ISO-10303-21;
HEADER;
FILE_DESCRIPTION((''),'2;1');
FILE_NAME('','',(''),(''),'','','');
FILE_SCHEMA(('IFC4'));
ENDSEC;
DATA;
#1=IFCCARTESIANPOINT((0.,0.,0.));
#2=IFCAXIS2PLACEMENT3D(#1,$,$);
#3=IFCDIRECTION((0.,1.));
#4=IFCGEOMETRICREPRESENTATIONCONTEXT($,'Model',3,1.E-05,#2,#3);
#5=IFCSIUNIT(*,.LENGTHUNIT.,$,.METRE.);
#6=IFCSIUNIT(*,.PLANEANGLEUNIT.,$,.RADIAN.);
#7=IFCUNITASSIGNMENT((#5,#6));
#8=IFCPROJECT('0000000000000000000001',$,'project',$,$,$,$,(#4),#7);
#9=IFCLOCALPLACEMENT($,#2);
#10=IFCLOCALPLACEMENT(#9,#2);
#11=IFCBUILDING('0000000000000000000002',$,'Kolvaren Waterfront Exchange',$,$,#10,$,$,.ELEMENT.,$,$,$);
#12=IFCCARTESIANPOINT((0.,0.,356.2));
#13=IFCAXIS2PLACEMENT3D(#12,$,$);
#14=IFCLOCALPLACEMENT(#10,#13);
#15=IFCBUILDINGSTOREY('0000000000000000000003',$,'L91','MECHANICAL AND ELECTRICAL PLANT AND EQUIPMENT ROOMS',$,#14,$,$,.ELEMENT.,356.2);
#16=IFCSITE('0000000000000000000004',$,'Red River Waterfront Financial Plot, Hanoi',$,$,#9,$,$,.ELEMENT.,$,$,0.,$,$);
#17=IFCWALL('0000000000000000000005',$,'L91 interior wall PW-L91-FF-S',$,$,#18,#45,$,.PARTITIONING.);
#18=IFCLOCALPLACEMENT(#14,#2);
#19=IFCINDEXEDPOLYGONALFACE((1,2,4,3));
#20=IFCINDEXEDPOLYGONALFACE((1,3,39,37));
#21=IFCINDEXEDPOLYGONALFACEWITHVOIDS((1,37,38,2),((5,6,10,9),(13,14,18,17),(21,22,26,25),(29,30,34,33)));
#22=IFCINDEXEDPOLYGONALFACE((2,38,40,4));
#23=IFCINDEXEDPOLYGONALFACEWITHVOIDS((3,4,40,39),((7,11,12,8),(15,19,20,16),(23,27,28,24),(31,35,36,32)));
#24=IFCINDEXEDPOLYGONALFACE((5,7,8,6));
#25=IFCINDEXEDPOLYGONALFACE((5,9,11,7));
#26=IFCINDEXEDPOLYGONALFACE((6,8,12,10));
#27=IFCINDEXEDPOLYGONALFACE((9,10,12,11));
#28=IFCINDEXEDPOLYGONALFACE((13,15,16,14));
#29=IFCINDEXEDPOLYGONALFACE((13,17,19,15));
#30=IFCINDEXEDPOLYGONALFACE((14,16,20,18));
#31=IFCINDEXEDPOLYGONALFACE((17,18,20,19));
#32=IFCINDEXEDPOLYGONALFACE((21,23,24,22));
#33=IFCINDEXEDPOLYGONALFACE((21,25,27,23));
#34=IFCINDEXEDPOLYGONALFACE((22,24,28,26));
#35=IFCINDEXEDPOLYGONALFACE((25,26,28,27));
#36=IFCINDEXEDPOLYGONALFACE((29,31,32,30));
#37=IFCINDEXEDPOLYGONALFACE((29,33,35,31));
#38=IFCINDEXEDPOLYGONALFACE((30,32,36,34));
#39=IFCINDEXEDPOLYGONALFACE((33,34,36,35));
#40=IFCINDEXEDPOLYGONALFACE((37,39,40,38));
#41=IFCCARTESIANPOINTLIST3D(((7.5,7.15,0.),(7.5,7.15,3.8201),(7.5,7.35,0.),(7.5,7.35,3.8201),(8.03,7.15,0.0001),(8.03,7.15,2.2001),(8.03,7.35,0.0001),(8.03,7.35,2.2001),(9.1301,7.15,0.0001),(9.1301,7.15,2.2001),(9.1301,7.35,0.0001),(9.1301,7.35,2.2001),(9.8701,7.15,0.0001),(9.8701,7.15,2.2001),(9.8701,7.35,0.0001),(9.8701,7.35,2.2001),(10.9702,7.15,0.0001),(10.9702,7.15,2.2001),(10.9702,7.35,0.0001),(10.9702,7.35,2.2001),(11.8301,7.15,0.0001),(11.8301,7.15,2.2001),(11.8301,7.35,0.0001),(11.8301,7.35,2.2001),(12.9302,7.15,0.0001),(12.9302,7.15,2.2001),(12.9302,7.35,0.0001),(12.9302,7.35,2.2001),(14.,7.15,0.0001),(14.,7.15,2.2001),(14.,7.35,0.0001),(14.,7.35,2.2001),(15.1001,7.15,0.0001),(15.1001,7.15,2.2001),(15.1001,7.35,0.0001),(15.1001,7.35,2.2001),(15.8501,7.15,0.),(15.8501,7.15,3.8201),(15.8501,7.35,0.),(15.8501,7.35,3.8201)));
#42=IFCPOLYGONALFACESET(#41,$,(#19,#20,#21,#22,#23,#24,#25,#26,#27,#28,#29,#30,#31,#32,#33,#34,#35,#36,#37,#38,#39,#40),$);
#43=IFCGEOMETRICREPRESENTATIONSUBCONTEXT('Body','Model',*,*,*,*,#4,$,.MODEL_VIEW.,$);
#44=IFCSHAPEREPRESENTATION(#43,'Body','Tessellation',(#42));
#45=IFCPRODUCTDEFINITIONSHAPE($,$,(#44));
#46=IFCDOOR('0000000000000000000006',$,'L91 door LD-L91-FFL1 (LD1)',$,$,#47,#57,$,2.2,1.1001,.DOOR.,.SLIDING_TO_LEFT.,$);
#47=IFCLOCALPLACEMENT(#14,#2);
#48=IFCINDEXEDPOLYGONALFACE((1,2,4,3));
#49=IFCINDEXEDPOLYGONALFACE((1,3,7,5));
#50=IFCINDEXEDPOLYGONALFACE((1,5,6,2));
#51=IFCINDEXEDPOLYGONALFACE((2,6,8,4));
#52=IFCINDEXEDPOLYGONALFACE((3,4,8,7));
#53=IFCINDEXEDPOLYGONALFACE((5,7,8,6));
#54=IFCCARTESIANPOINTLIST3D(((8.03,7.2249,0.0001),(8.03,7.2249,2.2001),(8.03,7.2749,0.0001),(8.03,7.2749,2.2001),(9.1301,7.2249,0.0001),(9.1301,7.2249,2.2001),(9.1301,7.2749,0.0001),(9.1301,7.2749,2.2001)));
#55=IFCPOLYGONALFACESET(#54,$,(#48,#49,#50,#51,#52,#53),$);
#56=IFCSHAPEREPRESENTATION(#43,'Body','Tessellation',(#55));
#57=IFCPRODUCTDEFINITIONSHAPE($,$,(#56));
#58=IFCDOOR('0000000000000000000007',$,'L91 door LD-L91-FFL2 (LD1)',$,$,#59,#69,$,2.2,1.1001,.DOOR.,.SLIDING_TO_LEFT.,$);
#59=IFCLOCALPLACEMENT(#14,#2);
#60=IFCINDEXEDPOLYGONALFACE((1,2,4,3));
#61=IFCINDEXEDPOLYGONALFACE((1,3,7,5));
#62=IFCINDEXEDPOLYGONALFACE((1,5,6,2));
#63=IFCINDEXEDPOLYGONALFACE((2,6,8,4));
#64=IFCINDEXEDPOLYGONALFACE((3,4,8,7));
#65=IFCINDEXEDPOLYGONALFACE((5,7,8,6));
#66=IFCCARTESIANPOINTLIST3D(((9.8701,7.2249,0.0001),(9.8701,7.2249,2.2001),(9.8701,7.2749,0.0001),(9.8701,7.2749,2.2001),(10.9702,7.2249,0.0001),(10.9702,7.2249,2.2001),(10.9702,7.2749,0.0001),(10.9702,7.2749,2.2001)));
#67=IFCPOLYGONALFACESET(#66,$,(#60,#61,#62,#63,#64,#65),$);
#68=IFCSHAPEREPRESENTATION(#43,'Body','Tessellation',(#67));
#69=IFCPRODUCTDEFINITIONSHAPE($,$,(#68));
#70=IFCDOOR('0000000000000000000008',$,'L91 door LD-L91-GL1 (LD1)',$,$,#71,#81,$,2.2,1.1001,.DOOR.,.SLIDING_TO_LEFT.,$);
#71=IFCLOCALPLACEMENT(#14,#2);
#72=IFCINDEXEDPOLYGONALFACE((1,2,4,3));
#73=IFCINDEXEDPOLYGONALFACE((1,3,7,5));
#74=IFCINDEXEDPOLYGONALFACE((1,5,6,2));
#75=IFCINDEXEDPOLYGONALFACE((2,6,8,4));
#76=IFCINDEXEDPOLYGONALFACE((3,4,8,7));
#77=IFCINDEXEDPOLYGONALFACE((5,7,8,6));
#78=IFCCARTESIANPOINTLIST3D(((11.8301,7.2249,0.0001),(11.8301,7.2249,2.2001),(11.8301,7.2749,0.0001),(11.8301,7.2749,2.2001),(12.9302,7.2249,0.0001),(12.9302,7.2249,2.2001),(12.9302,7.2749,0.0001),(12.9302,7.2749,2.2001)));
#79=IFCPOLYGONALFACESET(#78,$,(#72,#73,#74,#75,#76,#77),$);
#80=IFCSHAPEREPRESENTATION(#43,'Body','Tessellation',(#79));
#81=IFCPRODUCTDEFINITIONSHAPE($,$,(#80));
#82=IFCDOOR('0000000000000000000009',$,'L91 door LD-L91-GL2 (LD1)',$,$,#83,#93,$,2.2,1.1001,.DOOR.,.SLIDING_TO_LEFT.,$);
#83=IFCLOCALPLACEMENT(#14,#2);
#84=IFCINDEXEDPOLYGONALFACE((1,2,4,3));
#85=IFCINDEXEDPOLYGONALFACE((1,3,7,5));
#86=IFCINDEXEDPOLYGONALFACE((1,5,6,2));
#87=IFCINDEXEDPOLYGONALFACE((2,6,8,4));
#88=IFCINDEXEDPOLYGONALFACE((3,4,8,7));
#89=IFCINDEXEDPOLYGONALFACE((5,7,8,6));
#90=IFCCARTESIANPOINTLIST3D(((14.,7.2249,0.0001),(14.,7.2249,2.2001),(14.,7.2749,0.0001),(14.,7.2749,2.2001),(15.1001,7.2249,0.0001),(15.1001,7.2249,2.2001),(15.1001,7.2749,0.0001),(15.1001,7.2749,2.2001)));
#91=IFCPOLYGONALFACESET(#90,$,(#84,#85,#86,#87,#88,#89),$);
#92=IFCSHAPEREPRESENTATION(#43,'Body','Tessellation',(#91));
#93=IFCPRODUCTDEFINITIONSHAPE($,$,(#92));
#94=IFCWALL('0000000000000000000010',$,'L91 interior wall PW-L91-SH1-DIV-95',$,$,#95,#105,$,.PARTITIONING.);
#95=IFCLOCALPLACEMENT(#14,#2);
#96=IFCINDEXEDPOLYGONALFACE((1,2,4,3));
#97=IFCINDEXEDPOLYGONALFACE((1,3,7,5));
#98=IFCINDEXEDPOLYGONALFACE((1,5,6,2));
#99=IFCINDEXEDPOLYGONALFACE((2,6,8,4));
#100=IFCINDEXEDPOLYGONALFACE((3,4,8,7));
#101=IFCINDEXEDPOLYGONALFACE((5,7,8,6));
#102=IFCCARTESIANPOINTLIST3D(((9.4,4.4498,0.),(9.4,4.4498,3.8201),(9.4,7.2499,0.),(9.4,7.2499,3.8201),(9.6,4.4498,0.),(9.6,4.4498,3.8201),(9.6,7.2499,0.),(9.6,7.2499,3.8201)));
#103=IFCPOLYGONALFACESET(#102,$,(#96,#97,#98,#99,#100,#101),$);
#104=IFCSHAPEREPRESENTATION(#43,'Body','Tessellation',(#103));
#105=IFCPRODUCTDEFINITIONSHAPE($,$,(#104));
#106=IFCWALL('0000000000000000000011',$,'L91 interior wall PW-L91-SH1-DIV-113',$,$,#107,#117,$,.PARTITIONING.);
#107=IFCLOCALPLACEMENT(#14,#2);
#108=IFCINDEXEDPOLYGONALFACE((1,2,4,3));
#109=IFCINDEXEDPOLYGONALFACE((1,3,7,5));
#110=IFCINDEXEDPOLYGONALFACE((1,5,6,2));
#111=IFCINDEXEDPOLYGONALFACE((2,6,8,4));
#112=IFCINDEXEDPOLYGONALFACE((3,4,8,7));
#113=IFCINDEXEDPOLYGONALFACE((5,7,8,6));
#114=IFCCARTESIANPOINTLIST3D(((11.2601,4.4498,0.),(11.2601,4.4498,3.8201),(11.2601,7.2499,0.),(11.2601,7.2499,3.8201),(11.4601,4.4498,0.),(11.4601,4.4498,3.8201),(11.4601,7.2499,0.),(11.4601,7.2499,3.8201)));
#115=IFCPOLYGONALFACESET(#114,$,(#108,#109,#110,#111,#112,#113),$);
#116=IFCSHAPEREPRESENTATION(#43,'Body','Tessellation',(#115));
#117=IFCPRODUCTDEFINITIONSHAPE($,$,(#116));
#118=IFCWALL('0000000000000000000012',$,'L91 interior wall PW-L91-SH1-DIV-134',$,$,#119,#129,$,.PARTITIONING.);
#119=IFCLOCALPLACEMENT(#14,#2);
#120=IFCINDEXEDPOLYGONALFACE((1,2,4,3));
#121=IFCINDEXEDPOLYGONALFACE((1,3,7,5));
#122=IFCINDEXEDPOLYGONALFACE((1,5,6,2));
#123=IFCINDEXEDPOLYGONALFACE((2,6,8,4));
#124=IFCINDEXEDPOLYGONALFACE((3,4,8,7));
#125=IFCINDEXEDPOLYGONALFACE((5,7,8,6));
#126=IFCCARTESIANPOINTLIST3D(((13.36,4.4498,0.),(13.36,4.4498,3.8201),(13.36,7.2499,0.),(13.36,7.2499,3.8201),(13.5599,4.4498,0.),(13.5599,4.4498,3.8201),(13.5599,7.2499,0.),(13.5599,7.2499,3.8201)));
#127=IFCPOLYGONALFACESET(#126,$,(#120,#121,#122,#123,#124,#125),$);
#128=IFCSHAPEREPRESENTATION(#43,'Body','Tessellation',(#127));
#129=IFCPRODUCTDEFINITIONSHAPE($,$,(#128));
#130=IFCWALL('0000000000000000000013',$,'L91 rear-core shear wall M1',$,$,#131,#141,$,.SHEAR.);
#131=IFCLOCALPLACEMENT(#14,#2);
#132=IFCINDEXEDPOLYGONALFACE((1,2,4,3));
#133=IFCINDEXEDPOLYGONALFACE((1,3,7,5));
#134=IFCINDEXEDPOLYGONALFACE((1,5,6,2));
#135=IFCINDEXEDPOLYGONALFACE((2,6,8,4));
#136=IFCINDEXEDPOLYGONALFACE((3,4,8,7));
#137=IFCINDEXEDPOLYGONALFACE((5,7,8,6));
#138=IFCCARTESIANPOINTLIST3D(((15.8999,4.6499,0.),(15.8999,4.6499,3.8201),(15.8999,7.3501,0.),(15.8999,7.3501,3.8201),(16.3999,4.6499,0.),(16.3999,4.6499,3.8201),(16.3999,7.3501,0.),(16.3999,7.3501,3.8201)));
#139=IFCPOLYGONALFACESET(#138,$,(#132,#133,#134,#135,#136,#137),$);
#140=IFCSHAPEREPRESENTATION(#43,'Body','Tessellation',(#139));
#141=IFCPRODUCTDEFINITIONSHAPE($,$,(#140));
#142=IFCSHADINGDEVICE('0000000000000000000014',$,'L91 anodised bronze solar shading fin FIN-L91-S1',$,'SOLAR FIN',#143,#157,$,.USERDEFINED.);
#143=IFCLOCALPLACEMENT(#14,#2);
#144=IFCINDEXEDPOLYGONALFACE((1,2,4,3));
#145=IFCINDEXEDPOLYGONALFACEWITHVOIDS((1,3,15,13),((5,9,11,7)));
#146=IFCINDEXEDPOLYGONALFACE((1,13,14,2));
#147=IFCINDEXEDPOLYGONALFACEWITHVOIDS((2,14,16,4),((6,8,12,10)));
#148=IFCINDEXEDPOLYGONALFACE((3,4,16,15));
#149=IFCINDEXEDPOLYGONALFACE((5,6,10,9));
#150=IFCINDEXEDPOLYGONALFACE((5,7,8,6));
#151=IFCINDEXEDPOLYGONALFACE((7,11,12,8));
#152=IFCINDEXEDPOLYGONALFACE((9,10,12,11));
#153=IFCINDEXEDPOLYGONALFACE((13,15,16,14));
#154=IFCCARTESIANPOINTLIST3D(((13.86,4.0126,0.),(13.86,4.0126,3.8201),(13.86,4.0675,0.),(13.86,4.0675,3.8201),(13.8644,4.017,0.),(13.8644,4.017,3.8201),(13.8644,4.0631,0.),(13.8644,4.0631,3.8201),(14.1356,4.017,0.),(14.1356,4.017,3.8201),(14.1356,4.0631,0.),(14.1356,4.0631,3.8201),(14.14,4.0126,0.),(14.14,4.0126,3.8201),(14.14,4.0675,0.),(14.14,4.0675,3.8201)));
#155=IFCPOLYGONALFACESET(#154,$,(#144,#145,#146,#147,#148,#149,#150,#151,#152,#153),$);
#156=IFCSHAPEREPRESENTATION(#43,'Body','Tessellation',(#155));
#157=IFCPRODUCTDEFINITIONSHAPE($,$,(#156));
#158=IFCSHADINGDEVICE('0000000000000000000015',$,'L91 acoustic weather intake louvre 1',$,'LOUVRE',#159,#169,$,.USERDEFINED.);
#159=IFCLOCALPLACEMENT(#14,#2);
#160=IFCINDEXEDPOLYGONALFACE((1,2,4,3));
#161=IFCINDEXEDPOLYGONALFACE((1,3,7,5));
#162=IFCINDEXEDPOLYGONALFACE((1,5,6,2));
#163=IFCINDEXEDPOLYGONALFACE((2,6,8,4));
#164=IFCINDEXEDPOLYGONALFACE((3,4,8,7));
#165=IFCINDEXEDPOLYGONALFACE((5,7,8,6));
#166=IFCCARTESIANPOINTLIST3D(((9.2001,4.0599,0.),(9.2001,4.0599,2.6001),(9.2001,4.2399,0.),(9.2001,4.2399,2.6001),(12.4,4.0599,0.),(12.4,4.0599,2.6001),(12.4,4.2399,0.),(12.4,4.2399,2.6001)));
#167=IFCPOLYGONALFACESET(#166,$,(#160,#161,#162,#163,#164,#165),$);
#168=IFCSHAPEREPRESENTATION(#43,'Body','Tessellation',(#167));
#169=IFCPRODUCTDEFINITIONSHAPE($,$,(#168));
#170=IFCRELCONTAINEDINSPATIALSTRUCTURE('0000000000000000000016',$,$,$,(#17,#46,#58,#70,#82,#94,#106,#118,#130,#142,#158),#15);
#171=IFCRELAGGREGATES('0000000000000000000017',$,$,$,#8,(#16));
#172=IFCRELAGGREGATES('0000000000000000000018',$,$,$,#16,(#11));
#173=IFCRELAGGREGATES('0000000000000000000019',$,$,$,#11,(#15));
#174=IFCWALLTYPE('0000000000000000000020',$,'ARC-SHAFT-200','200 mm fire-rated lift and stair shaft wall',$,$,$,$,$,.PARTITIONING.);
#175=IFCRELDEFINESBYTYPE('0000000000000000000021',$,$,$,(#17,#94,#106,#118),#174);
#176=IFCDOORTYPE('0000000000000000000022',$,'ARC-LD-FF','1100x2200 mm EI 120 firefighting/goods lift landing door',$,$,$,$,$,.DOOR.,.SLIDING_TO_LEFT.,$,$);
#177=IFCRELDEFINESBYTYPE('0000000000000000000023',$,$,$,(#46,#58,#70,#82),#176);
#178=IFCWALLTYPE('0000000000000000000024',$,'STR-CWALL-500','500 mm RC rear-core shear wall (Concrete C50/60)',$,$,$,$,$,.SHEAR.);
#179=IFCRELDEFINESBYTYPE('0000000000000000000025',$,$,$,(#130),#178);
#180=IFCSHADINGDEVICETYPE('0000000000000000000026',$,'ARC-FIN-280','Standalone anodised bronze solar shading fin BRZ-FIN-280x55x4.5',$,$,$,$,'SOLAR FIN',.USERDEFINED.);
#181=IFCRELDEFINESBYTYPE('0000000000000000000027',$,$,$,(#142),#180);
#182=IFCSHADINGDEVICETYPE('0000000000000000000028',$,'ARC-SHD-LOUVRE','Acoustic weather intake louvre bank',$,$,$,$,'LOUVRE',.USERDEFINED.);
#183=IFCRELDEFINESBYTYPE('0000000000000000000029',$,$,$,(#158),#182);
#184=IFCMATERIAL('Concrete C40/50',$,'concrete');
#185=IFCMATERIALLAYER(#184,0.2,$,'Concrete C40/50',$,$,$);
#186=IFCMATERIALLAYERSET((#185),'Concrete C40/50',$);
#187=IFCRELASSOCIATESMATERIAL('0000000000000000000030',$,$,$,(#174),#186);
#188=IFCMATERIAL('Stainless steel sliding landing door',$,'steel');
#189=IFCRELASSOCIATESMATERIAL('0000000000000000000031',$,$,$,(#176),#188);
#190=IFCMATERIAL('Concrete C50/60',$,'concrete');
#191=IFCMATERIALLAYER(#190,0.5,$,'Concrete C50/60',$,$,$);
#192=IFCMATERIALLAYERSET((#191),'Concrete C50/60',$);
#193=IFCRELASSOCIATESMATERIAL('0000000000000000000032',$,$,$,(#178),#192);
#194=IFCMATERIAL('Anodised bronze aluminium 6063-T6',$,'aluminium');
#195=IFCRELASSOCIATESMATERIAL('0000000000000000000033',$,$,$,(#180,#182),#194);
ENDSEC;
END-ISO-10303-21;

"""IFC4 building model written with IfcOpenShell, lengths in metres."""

from ifc_helpers import new_model, si_unit, direction, frame, frame_2d, origin, origin_with_axes, origin_2d, place, context, subcontext, project, spatial, rectangle, hollow_rectangle, extrude, source, transform, mapped, material, layer, layer_set, material_profile, profile_set, type_object, element, fill, save


model = new_model("IFC4")

# Units and contexts
model_context = context("Model", 3, precision=1e-05, world=origin(), true_north=direction((0.0, 1.0)))
body_context = subcontext(model_context, "Body", "Model", "MODEL_VIEW")
ifc_project = project(units=[si_unit("LENGTHUNIT", "METRE"), si_unit("PLANEANGLEUNIT", "RADIAN")], contexts=[model_context])

# Site, building, storey
site_placement = place(None, origin())
site = spatial("IfcSite", under=ifc_project, at=site_placement, Name="Red River Waterfront Financial Plot, Hanoi", CompositionType="ELEMENT", RefElevation=0.0)
building_placement = place(site_placement, origin())
building = spatial("IfcBuilding", under=site, at=building_placement, Name="Kolvaren Waterfront Exchange", CompositionType="ELEMENT")
storey_placement = place(building_placement, frame((0.0, 0.0, 356.2)))
storey = spatial("IfcBuildingStorey", under=building, at=storey_placement, Name="L91", Description="MECHANICAL AND ELECTRICAL PLANT AND EQUIPMENT ROOMS", CompositionType="ELEMENT", Elevation=356.2)

# Shared definitions
ifc_material_1 = material(Name="Concrete C50/60", Category="concrete")

# Shared definitions
ifc_material_2 = material(Name="Anodised bronze aluminium 6063-T6", Category="aluminium")

# Shared definitions
ifc_material_3 = material(Name="Concrete C40/50", Category="concrete")
ifc_layer_1 = layer(ifc_material_3, 0.2, Name="Concrete C40/50")
ifc_layer_set_1 = layer_set([ifc_layer_1], Name="Concrete C40/50")
wall_type_1 = type_object("IfcWallType", Name="ARC-SHAFT-200", Description="200 mm fire-rated lift and stair shaft wall", PredefinedType="PARTITIONING", material=ifc_layer_set_1)

# Wall, openings, doors
wall_1_placement = place(storey_placement, frame((7.5, 7.25, 0.0), z_axis=(0.0, 0.0, 1.0), x_axis=(1.0, 0.0, 0.0)))
wall_1 = element("IfcWall", 1, at=wall_1_placement, inside=storey, type_object=wall_type_1, Name="L91 interior wall PW-L91-FF-S", PredefinedType="PARTITIONING", context=body_context, shape_type="SweptSolid", body=[
    extrude(rectangle(XDim=8.3501, YDim=0.2, at=frame_2d((4.175, 0.0))), origin(), (0.0, 0.0, 1.0), 3.8201),
])
opening_1_placement = place(wall_1_placement, frame((0.53, 0.0, 0.0)))
opening_1 = element("IfcOpeningElement", 2, at=opening_1_placement, cuts=wall_1, PredefinedType="OPENING", context=body_context, shape_type="SweptSolid", body=[
    extrude(rectangle(XDim=1.1001, YDim=2.2, at=frame_2d((0.55, 1.1001))), frame((0.0, 0.1099, 0.0), z_axis=(0.0, -1.0, 0.0), x_axis=(1.0, 0.0, 0.0)), (0.0, 0.0, 1.0), 0.22),
])
opening_2_placement = place(wall_1_placement, frame((2.3701, 0.0, 0.0)))
opening_2 = element("IfcOpeningElement", 3, at=opening_2_placement, cuts=wall_1, PredefinedType="OPENING", context=body_context, shape_type="SweptSolid", body=[
    extrude(rectangle(XDim=1.1001, YDim=2.2, at=frame_2d((0.55, 1.1001))), frame((0.0, 0.1099, 0.0), z_axis=(0.0, -1.0, 0.0), x_axis=(1.0, 0.0, 0.0)), (0.0, 0.0, 1.0), 0.22),
])
opening_3_placement = place(wall_1_placement, frame((4.3301, 0.0, 0.0)))
opening_3 = element("IfcOpeningElement", 4, at=opening_3_placement, cuts=wall_1, PredefinedType="OPENING", context=body_context, shape_type="SweptSolid", body=[
    extrude(rectangle(XDim=1.1001, YDim=2.2, at=frame_2d((0.55, 1.1001))), frame((0.0, 0.1099, 0.0), z_axis=(0.0, -1.0, 0.0), x_axis=(1.0, 0.0, 0.0)), (0.0, 0.0, 1.0), 0.22),
])
opening_4_placement = place(wall_1_placement, frame((6.5, 0.0, 0.0)))
opening_4 = element("IfcOpeningElement", 5, at=opening_4_placement, cuts=wall_1, PredefinedType="OPENING", context=body_context, shape_type="SweptSolid", body=[
    extrude(rectangle(XDim=1.1001, YDim=2.2, at=frame_2d((0.55, 1.1001))), frame((0.0, 0.1099, 0.0), z_axis=(0.0, -1.0, 0.0), x_axis=(1.0, 0.0, 0.0)), (0.0, 0.0, 1.0), 0.22),
])
ifc_material_4 = material(Name="Stainless steel sliding landing door", Category="steel")
door_type_1 = type_object("IfcDoorType", Name="ARC-LD-FF", Description="1100x2200 mm EI 120 firefighting/goods lift landing door", OperationType="SLIDING_TO_LEFT", PredefinedType="DOOR", material=ifc_material_4)
door_1_placement = place(opening_1_placement, origin())
door_1 = element("IfcDoor", 6, at=door_1_placement, inside=storey, type_object=door_type_1, Name="L91 door LD-L91-FFL1 (LD1)", OperationType="SLIDING_TO_LEFT", OverallHeight=2.2, OverallWidth=1.1001, PredefinedType="DOOR", context=body_context, shape_type="SweptSolid", body=[
    extrude(rectangle(XDim=1.1001, YDim=2.2, at=frame_2d((0.55, 1.1001))), frame((0.0, 0.0249, 0.0), z_axis=(0.0, -1.0, 0.0), x_axis=(1.0, 0.0, 0.0)), (0.0, 0.0, 1.0), 0.05),
])
fill(opening_1, door_1)
door_2_placement = place(opening_2_placement, origin())
door_2 = element("IfcDoor", 7, at=door_2_placement, inside=storey, type_object=door_type_1, Name="L91 door LD-L91-FFL2 (LD1)", OperationType="SLIDING_TO_LEFT", OverallHeight=2.2, OverallWidth=1.1001, PredefinedType="DOOR", context=body_context, shape_type="SweptSolid", body=[
    extrude(rectangle(XDim=1.1001, YDim=2.2, at=frame_2d((0.55, 1.1001))), frame((0.0, 0.0249, 0.0), z_axis=(0.0, -1.0, 0.0), x_axis=(1.0, 0.0, 0.0)), (0.0, 0.0, 1.0), 0.05),
])
fill(opening_2, door_2)
door_3_placement = place(opening_3_placement, origin())
door_3 = element("IfcDoor", 8, at=door_3_placement, inside=storey, type_object=door_type_1, Name="L91 door LD-L91-GL1 (LD1)", OperationType="SLIDING_TO_LEFT", OverallHeight=2.2, OverallWidth=1.1001, PredefinedType="DOOR", context=body_context, shape_type="SweptSolid", body=[
    extrude(rectangle(XDim=1.1001, YDim=2.2, at=frame_2d((0.55, 1.1001))), frame((0.0, 0.0249, 0.0), z_axis=(0.0, -1.0, 0.0), x_axis=(1.0, 0.0, 0.0)), (0.0, 0.0, 1.0), 0.05),
])
fill(opening_3, door_3)
door_4_placement = place(opening_4_placement, origin())
door_4 = element("IfcDoor", 9, at=door_4_placement, inside=storey, type_object=door_type_1, Name="L91 door LD-L91-GL2 (LD1)", OperationType="SLIDING_TO_LEFT", OverallHeight=2.2, OverallWidth=1.1001, PredefinedType="DOOR", context=body_context, shape_type="SweptSolid", body=[
    extrude(rectangle(XDim=1.1001, YDim=2.2, at=frame_2d((0.55, 1.1001))), frame((0.0, 0.0249, 0.0), z_axis=(0.0, -1.0, 0.0), x_axis=(1.0, 0.0, 0.0)), (0.0, 0.0, 1.0), 0.05),
])
fill(opening_4, door_4)

# Walls
for number, where, z_axis, x_axis, name in (
    (10, (9.5, 4.45, 0.0), (0.0, 0.0, 1.0), (0.0, 1.0, 0.0), "L91 interior wall PW-L91-SH1-DIV-95"),
    (11, (11.3601, 4.45, 0.0), (0.0, 0.0, 1.0), (0.0, 1.0, 0.0), "L91 interior wall PW-L91-SH1-DIV-113"),
    (12, (13.46, 4.45, 0.0), (0.0, 0.0, 1.0), (0.0, 1.0, 0.0), "L91 interior wall PW-L91-SH1-DIV-134"),
):
    element("IfcWall", number, at=place(storey_placement, frame(where, z_axis=z_axis, x_axis=x_axis)), inside=storey, type_object=wall_type_1, Name=name, PredefinedType="PARTITIONING", context=body_context, shape_type="SweptSolid", body=[
        extrude(rectangle(XDim=2.8, YDim=0.2, at=frame_2d((1.3999, 0.0))), origin(), (0.0, 0.0, 1.0), 3.8201),
    ])
ifc_layer_2 = layer(ifc_material_1, 0.5, Name="Concrete C50/60")
ifc_layer_set_2 = layer_set([ifc_layer_2], Name="Concrete C50/60")
wall_type_2 = type_object("IfcWallType", Name="STR-CWALL-500", Description="500 mm RC rear-core shear wall (Concrete C50/60)", PredefinedType="SHEAR", material=ifc_layer_set_2)
wall_2_placement = place(storey_placement, frame((16.1499, 4.6499, 0.0), z_axis=(0.0, 0.0, 1.0), x_axis=(0.0, 1.0, 0.0)))
element("IfcWall", 13, at=wall_2_placement, inside=storey, type_object=wall_type_2, Name="L91 rear-core shear wall M1", PredefinedType="SHEAR", context=body_context, shape_type="SweptSolid", body=[
    extrude(rectangle(XDim=2.7002, YDim=0.5, at=frame_2d((1.3501, 0.0))), origin(), (0.0, 0.0, 1.0), 3.8201),
])

# Shading devices
ifc_material_profile_1 = material_profile(ifc_material_2, hollow_rectangle(XDim=0.0549, YDim=0.28, WallThickness=0.0044, at=origin_2d()), Name="BRZ-FIN-280x55x4.5")
ifc_profile_set_1 = profile_set([ifc_material_profile_1], Name="Anodised bronze aluminium 6063-T6")
shading_device_type_1 = type_object("IfcShadingDeviceType", Name="ARC-FIN-280", Description="Standalone anodised bronze solar shading fin BRZ-FIN-280x55x4.5", ElementType="SOLAR FIN", PredefinedType="USERDEFINED", material=ifc_profile_set_1)
shading_device_placement = place(storey_placement, frame((14.0, 4.04, 0.0), z_axis=(0.0, 0.0, 1.0), x_axis=(0.0, -1.0, 0.0)))
element("IfcShadingDevice", 14, at=shading_device_placement, inside=storey, type_object=shading_device_type_1, Name="L91 anodised bronze solar shading fin FIN-L91-S1", ObjectType="SOLAR FIN", PredefinedType="USERDEFINED", context=body_context, shape_type="SweptSolid", body=[
    extrude(hollow_rectangle(XDim=0.0549, YDim=0.28, WallThickness=0.0044, at=origin_2d()), origin(), (0.0, 0.0, 1.0), 3.8201),
])
shading_device_type_2 = type_object("IfcShadingDeviceType", Name="ARC-SHD-LOUVRE", Description="Acoustic weather intake louvre bank", ElementType="LOUVRE", PredefinedType="USERDEFINED", material=ifc_material_2)
shared_shape_1 = source(origin_with_axes(), body_context, "Body", "SweptSolid", [
    extrude(rectangle(XDim=3.2, YDim=0.1799, at=origin_2d()), origin(), (0.0, 0.0, 1.0), 2.6001),
])
for number, where, z_axis, x_axis, name in (
    (15, (10.8, 4.1499, 0.0), (0.0, 0.0, 1.0), (1.0, 0.0, 0.0), "L91 acoustic weather intake louvre 1"),
):
    element("IfcShadingDevice", number, at=place(storey_placement, frame(where, z_axis=z_axis, x_axis=x_axis)), inside=storey, type_object=shading_device_type_2, Name=name, ObjectType="LOUVRE", PredefinedType="USERDEFINED", context=body_context, shape_type="MappedRepresentation", body=[
        mapped(shared_shape_1, transform((0.0, 0.0, 0.0), x_axis=(1.0, 0.0, 0.0), y_axis=(0.0, 1.0, 0.0), z_axis=(0.0, 0.0, 1.0), scale=1.0)),
    ])

save(model, "model.ifc")
